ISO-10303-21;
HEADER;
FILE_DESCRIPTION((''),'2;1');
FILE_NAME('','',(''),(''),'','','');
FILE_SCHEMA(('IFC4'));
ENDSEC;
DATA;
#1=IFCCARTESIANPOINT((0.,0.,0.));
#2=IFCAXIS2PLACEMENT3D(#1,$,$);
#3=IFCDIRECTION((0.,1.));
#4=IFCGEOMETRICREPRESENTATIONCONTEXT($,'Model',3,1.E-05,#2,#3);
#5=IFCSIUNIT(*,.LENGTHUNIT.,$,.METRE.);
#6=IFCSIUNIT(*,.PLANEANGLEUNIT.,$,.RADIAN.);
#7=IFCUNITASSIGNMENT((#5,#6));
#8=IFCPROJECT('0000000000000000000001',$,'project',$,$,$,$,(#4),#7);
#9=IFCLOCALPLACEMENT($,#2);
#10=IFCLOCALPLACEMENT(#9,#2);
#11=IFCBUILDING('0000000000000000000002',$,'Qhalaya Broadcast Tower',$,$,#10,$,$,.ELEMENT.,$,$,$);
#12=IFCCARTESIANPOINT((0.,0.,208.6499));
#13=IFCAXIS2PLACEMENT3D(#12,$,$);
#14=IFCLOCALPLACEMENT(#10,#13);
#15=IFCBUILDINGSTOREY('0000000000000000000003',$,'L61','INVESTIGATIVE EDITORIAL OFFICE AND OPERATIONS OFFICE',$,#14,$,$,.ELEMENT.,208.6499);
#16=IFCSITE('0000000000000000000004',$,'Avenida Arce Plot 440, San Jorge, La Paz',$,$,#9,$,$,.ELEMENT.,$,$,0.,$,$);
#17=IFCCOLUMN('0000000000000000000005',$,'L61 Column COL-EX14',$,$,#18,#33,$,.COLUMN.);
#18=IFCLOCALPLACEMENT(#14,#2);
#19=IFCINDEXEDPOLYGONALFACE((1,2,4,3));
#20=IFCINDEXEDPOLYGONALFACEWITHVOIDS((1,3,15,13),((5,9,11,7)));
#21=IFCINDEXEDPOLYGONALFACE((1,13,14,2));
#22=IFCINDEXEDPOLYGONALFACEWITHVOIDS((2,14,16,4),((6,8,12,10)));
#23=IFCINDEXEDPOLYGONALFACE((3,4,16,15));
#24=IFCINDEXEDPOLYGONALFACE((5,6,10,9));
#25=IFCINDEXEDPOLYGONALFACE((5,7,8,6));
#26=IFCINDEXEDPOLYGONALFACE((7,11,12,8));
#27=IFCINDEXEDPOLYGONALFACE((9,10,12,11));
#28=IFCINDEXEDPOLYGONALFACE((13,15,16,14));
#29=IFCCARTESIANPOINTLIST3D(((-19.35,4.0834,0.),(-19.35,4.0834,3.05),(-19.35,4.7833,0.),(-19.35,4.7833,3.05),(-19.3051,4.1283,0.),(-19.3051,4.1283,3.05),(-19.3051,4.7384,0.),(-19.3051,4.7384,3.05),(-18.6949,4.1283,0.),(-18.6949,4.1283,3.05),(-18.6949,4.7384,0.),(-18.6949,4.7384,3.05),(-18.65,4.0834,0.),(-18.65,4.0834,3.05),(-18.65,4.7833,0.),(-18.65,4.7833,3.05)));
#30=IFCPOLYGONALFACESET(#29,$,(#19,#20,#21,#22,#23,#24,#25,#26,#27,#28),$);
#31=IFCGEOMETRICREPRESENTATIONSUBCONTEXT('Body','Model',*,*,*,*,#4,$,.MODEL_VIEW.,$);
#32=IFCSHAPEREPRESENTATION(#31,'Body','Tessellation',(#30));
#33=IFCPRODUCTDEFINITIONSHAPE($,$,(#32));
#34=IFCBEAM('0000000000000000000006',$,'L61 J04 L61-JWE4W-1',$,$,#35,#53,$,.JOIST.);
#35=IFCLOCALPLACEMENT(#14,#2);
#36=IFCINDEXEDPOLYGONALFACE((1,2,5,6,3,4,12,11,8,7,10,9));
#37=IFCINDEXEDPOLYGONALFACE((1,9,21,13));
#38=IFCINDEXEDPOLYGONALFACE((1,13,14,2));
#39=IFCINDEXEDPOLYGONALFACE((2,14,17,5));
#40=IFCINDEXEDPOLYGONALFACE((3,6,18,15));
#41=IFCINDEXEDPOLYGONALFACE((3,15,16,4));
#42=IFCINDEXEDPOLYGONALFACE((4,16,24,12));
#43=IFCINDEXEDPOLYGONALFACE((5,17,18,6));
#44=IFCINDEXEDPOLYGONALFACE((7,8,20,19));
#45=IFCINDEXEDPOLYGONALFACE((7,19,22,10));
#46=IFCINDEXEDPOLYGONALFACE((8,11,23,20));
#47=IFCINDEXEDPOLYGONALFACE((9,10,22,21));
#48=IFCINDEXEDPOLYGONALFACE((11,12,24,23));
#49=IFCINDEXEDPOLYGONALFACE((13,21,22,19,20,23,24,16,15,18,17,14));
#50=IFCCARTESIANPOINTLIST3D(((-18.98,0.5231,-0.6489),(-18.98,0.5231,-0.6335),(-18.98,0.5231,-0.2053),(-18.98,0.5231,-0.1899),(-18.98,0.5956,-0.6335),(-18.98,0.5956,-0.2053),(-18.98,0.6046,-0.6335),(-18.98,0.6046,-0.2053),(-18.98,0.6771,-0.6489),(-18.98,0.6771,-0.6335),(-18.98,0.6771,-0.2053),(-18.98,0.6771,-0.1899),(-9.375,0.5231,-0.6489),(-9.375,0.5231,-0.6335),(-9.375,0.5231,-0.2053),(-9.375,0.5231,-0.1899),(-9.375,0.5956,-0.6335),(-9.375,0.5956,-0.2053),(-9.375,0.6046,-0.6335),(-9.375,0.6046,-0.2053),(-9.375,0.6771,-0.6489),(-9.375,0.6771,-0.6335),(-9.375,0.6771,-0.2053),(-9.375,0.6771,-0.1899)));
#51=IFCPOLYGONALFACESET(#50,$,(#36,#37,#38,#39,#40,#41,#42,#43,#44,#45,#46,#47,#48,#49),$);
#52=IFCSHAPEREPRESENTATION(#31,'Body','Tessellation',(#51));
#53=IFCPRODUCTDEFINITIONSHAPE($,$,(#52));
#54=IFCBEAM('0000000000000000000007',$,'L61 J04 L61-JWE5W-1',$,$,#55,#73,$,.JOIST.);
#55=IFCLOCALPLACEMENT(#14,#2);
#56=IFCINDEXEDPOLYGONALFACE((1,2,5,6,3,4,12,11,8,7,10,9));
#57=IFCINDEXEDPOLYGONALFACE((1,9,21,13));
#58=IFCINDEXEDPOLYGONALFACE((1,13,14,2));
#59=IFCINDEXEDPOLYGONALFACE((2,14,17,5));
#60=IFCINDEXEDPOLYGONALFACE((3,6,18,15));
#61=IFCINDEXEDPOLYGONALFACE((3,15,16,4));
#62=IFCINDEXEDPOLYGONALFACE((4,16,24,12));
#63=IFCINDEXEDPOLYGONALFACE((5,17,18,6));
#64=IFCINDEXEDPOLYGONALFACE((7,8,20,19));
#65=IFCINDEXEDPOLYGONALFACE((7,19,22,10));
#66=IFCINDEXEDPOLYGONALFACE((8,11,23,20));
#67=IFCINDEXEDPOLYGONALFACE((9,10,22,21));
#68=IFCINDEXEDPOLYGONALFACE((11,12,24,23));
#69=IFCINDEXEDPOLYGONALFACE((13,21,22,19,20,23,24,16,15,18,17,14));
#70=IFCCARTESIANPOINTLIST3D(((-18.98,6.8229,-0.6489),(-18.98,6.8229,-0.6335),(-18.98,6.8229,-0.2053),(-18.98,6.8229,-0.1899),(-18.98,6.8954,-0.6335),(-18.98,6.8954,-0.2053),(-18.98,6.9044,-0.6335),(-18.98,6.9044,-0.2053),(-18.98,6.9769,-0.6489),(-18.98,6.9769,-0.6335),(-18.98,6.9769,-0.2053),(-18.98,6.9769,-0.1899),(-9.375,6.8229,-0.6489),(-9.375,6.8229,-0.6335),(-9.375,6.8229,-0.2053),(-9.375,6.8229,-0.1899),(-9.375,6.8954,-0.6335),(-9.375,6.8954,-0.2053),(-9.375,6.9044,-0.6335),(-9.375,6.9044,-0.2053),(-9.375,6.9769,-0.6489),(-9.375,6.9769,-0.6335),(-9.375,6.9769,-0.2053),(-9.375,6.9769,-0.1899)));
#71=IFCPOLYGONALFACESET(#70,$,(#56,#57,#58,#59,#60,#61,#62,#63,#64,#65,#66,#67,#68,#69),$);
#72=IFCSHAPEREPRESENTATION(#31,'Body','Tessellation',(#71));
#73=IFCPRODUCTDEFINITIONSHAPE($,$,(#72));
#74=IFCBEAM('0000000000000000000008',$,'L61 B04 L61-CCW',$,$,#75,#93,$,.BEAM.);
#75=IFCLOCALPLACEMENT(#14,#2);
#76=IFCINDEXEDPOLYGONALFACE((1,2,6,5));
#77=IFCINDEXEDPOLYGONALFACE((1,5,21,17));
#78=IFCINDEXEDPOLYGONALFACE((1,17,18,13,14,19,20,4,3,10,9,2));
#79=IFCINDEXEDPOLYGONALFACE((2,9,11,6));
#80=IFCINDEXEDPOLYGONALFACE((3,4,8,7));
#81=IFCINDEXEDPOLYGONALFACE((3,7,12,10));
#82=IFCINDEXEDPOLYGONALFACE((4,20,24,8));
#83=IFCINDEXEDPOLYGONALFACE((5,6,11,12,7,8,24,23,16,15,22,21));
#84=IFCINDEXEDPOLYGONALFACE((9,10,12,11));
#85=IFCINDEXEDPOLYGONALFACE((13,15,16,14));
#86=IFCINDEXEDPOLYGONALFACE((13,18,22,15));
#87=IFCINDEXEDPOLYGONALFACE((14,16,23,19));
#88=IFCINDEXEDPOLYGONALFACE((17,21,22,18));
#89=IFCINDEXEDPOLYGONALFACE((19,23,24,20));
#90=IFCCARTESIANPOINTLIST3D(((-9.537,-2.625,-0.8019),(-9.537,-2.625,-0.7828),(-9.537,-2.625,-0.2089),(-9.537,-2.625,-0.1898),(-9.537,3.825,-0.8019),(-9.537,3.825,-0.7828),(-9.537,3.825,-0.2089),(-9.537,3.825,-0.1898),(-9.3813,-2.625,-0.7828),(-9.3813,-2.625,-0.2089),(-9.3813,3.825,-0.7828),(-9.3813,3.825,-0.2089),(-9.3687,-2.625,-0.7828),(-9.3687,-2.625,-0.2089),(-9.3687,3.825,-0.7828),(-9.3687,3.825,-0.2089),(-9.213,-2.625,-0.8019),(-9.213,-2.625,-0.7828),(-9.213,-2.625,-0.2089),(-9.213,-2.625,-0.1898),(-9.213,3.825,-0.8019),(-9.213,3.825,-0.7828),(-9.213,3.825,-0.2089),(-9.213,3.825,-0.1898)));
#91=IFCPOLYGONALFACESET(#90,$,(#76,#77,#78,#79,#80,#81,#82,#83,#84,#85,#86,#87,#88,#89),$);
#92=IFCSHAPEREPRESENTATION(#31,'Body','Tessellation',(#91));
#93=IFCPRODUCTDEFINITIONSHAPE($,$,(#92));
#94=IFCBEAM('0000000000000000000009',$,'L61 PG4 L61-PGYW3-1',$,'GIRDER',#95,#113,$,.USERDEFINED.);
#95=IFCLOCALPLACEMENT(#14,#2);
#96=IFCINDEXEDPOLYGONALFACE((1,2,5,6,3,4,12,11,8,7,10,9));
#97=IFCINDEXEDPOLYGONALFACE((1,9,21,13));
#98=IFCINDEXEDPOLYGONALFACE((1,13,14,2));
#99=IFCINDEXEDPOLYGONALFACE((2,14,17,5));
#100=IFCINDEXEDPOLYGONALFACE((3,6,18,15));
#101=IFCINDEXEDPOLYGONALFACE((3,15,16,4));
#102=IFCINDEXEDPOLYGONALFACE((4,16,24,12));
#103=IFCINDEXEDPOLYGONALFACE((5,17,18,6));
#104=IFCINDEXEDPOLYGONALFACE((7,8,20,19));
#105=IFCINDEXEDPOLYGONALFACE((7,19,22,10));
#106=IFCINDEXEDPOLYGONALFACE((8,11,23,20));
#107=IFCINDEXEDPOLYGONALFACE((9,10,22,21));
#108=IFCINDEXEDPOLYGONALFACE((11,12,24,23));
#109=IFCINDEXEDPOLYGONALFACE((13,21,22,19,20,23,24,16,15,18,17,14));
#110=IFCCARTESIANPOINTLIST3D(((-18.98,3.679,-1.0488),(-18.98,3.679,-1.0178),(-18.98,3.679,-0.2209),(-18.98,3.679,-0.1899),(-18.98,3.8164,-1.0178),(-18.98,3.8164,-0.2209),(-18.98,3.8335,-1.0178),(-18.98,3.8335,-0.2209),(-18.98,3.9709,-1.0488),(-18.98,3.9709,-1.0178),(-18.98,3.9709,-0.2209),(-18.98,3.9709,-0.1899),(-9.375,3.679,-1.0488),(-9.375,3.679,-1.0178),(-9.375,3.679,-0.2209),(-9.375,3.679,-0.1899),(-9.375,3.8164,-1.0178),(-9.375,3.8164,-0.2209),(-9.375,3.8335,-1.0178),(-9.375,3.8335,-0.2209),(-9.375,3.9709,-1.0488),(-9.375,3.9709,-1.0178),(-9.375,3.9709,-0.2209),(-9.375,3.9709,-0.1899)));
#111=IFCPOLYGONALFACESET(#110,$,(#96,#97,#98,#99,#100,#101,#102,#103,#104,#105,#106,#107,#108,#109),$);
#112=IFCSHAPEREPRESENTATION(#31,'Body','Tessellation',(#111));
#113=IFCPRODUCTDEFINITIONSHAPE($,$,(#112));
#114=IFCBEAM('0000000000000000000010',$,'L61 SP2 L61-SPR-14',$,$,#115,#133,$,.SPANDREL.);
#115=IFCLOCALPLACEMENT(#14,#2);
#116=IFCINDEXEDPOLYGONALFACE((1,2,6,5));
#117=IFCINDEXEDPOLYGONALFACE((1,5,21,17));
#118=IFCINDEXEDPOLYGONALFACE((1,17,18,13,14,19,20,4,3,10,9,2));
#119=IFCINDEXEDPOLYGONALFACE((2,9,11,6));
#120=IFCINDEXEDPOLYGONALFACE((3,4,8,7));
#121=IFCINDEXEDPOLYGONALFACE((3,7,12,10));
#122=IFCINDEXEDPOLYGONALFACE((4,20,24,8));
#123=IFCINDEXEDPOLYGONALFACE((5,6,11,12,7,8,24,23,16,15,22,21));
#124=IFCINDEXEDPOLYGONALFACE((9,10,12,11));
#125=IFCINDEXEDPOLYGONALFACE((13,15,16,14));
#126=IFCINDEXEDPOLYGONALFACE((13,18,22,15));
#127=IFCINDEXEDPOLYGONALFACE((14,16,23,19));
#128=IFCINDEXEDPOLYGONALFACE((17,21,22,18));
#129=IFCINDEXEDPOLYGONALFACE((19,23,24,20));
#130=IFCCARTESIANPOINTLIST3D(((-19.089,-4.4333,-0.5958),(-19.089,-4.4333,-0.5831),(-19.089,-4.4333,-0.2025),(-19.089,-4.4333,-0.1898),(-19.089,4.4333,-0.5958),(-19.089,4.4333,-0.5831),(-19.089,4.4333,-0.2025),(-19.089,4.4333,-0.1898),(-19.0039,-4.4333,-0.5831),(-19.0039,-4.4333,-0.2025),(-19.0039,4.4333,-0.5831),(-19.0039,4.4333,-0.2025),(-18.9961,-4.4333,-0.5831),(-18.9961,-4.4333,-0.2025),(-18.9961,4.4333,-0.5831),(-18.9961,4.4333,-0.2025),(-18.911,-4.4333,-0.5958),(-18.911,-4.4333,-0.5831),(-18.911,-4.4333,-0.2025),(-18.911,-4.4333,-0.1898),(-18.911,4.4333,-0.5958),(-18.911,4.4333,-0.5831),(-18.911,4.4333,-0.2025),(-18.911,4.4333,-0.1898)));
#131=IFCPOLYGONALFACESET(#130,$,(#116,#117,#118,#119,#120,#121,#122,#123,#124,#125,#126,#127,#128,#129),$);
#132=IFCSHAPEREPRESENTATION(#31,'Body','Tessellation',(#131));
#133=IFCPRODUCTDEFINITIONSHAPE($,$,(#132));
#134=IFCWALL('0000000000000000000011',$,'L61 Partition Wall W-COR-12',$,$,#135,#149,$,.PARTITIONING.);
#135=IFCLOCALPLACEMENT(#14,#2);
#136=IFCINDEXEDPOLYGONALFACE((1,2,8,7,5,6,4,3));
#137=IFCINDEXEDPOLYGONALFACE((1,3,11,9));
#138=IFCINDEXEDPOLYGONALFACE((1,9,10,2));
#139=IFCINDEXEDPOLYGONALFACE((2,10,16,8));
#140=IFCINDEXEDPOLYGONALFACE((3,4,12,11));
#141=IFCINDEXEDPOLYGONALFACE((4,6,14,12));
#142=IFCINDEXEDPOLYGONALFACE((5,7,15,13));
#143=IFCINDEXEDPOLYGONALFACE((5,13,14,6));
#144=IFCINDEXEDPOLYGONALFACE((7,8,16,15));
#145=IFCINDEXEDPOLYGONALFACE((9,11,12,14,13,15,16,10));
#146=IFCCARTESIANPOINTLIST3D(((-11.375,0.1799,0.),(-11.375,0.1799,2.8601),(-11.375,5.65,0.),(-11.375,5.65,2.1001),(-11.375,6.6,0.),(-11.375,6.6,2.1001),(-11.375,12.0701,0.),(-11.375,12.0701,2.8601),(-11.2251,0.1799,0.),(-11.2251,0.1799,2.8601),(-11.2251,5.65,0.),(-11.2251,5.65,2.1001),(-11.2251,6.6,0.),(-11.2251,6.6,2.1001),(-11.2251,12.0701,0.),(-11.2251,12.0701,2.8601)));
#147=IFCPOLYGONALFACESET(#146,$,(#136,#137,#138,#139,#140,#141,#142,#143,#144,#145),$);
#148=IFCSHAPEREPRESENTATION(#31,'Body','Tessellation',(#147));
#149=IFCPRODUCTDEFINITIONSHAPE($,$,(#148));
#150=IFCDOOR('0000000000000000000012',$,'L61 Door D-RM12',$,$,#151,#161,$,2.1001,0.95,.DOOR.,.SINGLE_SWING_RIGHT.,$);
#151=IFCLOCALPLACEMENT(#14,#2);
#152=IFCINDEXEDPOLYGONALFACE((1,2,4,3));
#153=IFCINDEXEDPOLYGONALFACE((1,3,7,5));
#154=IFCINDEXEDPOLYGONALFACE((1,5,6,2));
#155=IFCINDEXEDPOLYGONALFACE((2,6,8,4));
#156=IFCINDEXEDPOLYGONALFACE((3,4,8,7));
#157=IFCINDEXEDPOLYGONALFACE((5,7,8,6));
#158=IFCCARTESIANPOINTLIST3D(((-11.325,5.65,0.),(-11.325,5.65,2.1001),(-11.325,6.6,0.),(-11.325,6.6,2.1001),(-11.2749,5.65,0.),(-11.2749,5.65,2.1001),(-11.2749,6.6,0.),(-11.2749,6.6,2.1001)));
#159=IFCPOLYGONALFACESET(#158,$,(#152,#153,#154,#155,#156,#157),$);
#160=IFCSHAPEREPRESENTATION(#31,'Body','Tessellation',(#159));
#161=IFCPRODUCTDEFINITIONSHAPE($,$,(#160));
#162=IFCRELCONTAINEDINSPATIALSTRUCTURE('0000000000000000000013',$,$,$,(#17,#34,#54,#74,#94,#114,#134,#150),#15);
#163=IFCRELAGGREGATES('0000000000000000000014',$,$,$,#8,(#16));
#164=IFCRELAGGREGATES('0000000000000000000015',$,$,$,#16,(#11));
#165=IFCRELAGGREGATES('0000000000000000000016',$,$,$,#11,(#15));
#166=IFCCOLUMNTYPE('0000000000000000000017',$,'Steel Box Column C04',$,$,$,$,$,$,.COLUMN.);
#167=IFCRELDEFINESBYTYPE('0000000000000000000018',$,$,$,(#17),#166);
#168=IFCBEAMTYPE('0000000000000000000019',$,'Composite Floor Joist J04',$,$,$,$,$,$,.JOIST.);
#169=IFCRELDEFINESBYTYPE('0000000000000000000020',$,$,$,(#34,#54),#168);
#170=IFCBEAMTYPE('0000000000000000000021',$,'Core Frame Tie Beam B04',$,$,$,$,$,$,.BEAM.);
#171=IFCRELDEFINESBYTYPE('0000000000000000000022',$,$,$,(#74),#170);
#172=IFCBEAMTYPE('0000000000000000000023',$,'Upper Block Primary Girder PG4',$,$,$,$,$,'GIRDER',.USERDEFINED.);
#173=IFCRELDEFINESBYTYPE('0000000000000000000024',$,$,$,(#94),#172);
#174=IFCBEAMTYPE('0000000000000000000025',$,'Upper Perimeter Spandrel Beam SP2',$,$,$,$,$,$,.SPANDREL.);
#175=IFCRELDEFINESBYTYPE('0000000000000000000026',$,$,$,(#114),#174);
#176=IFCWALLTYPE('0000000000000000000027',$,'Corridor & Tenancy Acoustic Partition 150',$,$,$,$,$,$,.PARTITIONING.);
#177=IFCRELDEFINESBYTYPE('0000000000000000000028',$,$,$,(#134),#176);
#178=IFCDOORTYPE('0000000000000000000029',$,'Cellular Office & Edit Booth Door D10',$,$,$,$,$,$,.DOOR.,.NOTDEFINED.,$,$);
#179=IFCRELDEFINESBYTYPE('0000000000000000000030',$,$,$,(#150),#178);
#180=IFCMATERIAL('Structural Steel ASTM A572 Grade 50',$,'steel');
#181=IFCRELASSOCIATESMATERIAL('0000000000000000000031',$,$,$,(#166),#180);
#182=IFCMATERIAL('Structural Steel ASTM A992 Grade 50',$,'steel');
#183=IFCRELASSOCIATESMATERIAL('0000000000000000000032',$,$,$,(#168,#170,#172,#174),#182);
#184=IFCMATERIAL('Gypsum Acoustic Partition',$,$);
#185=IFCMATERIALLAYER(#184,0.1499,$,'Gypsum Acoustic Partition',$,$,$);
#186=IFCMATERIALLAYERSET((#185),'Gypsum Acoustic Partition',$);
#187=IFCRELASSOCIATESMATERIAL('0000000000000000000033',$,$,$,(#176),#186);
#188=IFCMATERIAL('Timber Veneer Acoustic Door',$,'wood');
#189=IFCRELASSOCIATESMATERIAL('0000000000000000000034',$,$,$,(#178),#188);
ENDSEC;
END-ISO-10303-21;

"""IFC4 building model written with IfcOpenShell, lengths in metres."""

from ifc_helpers import new_model, si_unit, direction, frame, frame_2d, origin, origin_2d, place, context, subcontext, project, spatial, rectangle, hollow_rectangle, i_section, extrude, material, layer, layer_set, material_profile, profile_set, type_object, element, fill, save


model = new_model("IFC4")

# Units and contexts
model_context = context("Model", 3, precision=1e-05, world=origin(), true_north=direction((0.0, 1.0)))
body_context = subcontext(model_context, "Body", "Model", "MODEL_VIEW")
ifc_project = project(units=[si_unit("LENGTHUNIT", "METRE"), si_unit("PLANEANGLEUNIT", "RADIAN")], contexts=[model_context])

# Site, building, storey
site_placement = place(None, origin())
site = spatial("IfcSite", under=ifc_project, at=site_placement, Name="Avenida Arce Plot 440, San Jorge, La Paz", CompositionType="ELEMENT", RefElevation=0.0)
building_placement = place(site_placement, origin())
building = spatial("IfcBuilding", under=site, at=building_placement, Name="Qhalaya Broadcast Tower", CompositionType="ELEMENT")
storey_placement = place(building_placement, frame((0.0, 0.0, 208.6499)))
storey = spatial("IfcBuildingStorey", under=building, at=storey_placement, Name="L61", Description="INVESTIGATIVE EDITORIAL OFFICE AND OPERATIONS OFFICE", CompositionType="ELEMENT", Elevation=208.6499)

# Column
ifc_material_1 = material(Name="Structural Steel ASTM A572 Grade 50", Category="steel")
ifc_material_profile_1 = material_profile(ifc_material_1, hollow_rectangle(XDim=0.7, YDim=0.7, WallThickness=0.0449, at=origin_2d()), Name="BOX 700x700x45")
ifc_profile_set_1 = profile_set([ifc_material_profile_1], Name="Structural Steel ASTM A572 Grade 50")
column_type = type_object("IfcColumnType", Name="Steel Box Column C04", PredefinedType="COLUMN", material=ifc_profile_set_1)
column_placement = place(storey_placement, frame((-19.0, 4.4333, 0.0), z_axis=(0.0, 0.0, 1.0), x_axis=(0.0, 1.0, 0.0)))
element("IfcColumn", 1, at=column_placement, inside=storey, type_object=column_type, Name="L61 Column COL-EX14", PredefinedType="COLUMN", context=body_context, shape_type="SweptSolid", body=[
    extrude(hollow_rectangle(XDim=0.7, YDim=0.7, WallThickness=0.0449, at=origin_2d()), origin(), (0.0, 0.0, 1.0), 3.05),
])

# Beams
ifc_material_2 = material(Name="Structural Steel ASTM A992 Grade 50", Category="steel")
ifc_material_profile_2 = material_profile(ifc_material_2, i_section(OverallWidth=0.1541, OverallDepth=0.459, WebThickness=0.009, FlangeThickness=0.0154, at=origin_2d()), Name="W18X46")
ifc_profile_set_2 = profile_set([ifc_material_profile_2], Name="Structural Steel ASTM A992 Grade 50")
beam_type_1 = type_object("IfcBeamType", Name="Composite Floor Joist J04", PredefinedType="JOIST", material=ifc_profile_set_2)
for number, where, z_axis, x_axis, name in (
    (2, (-18.98, 0.6001, -0.4194), (1.0, 0.0, 0.0), (0.0, 1.0, 0.0), "L61 J04 L61-JWE4W-1"),
    (3, (-18.98, 6.8999, -0.4194), (1.0, 0.0, 0.0), (0.0, 1.0, 0.0), "L61 J04 L61-JWE5W-1"),
):
    element("IfcBeam", number, at=place(storey_placement, frame(where, z_axis=z_axis, x_axis=x_axis)), inside=storey, type_object=beam_type_1, Name=name, PredefinedType="JOIST", context=body_context, shape_type="SweptSolid", body=[
        extrude(i_section(OverallWidth=0.1541, OverallDepth=0.459, WebThickness=0.009, FlangeThickness=0.0154, at=origin_2d()), origin(), (0.0, 0.0, 1.0), 9.605),
    ])
ifc_material_profile_3 = material_profile(ifc_material_2, i_section(OverallWidth=0.324, OverallDepth=0.6121, WebThickness=0.0127, FlangeThickness=0.019, at=origin_2d()), Name="W24X104")
ifc_profile_set_3 = profile_set([ifc_material_profile_3], Name="Structural Steel ASTM A992 Grade 50")
beam_type_2 = type_object("IfcBeamType", Name="Core Frame Tie Beam B04", PredefinedType="BEAM", material=ifc_profile_set_3)
beam_1_placement = place(storey_placement, frame((-9.375, -2.625, -0.4958), z_axis=(0.0, 1.0, 0.0), x_axis=(-1.0, 0.0, 0.0)))
element("IfcBeam", 4, at=beam_1_placement, inside=storey, type_object=beam_type_2, Name="L61 B04 L61-CCW", PredefinedType="BEAM", context=body_context, shape_type="SweptSolid", body=[
    extrude(i_section(OverallWidth=0.324, OverallDepth=0.6121, WebThickness=0.0127, FlangeThickness=0.019, at=origin_2d()), origin(), (0.0, 0.0, 1.0), 6.45),
])
ifc_material_profile_4 = material_profile(ifc_material_2, i_section(OverallWidth=0.292, OverallDepth=0.8589, WebThickness=0.0171, FlangeThickness=0.031, at=origin_2d()), Name="W33X169")
ifc_profile_set_4 = profile_set([ifc_material_profile_4], Name="Structural Steel ASTM A992 Grade 50")
beam_type_3 = type_object("IfcBeamType", Name="Upper Block Primary Girder PG4", ElementType="GIRDER", PredefinedType="USERDEFINED", material=ifc_profile_set_4)
beam_2_placement = place(storey_placement, frame((-18.98, 3.825, -0.6194), z_axis=(1.0, 0.0, 0.0), x_axis=(0.0, 1.0, 0.0)))
element("IfcBeam", 5, at=beam_2_placement, inside=storey, type_object=beam_type_3, Name="L61 PG4 L61-PGYW3-1", ObjectType="GIRDER", PredefinedType="USERDEFINED", context=body_context, shape_type="SweptSolid", body=[
    extrude(i_section(OverallWidth=0.292, OverallDepth=0.8589, WebThickness=0.0171, FlangeThickness=0.031, at=origin_2d()), origin(), (0.0, 0.0, 1.0), 9.605),
])
ifc_material_profile_5 = material_profile(ifc_material_2, i_section(OverallWidth=0.178, OverallDepth=0.406, WebThickness=0.0078, FlangeThickness=0.0127, at=origin_2d()), Name="W16X40")
ifc_profile_set_5 = profile_set([ifc_material_profile_5], Name="Structural Steel ASTM A992 Grade 50")
beam_type_4 = type_object("IfcBeamType", Name="Upper Perimeter Spandrel Beam SP2", PredefinedType="SPANDREL", material=ifc_profile_set_5)
beam_3_placement = place(storey_placement, frame((-19.0, 4.4333, -0.3928), z_axis=(0.0, -1.0, 0.0), x_axis=(1.0, 0.0, 0.0)))
element("IfcBeam", 6, at=beam_3_placement, inside=storey, type_object=beam_type_4, Name="L61 SP2 L61-SPR-14", PredefinedType="SPANDREL", context=body_context, shape_type="SweptSolid", body=[
    extrude(i_section(OverallWidth=0.178, OverallDepth=0.406, WebThickness=0.0078, FlangeThickness=0.0127, at=origin_2d()), origin(), (0.0, 0.0, 1.0), 8.8667),
])

# Wall, opening, door
ifc_material_3 = material(Name="Gypsum Acoustic Partition")
ifc_layer_1 = layer(ifc_material_3, 0.1499, Name="Gypsum Acoustic Partition")
ifc_layer_set_1 = layer_set([ifc_layer_1], Name="Gypsum Acoustic Partition")
wall_type_1 = type_object("IfcWallType", Name="Corridor & Tenancy Acoustic Partition 150", PredefinedType="PARTITIONING", material=ifc_layer_set_1)
wall_1_placement = place(storey_placement, frame((-11.3, 0.1799, 0.0), z_axis=(0.0, 0.0, 1.0), x_axis=(0.0, 1.0, 0.0)))
wall_1 = element("IfcWall", 7, at=wall_1_placement, inside=storey, type_object=wall_type_1, Name="L61 Partition Wall W-COR-12", PredefinedType="PARTITIONING", context=body_context, shape_type="SweptSolid", body=[
    extrude(rectangle(XDim=11.8901, YDim=0.1499, at=frame_2d((5.9451, 0.0))), origin(), (0.0, 0.0, 1.0), 2.8601),
])
opening_1_placement = place(wall_1_placement, frame((5.47, 0.0, 0.0)))
opening_1 = element("IfcOpeningElement", 8, at=opening_1_placement, cuts=wall_1, PredefinedType="OPENING", context=body_context, shape_type="SweptSolid", body=[
    extrude(rectangle(XDim=0.95, YDim=2.1001, at=frame_2d((0.4751, 1.05))), frame((0.0, 0.0869, 0.0), z_axis=(0.0, -1.0, 0.0), x_axis=(1.0, 0.0, 0.0)), (0.0, 0.0, 1.0), 0.1738),
])
ifc_material_4 = material(Name="Timber Veneer Acoustic Door", Category="wood")
door_type_1 = type_object("IfcDoorType", Name="Cellular Office & Edit Booth Door D10", OperationType="NOTDEFINED", PredefinedType="DOOR", material=ifc_material_4)
door_1_placement = place(opening_1_placement, origin())
door_1 = element("IfcDoor", 9, at=door_1_placement, inside=storey, type_object=door_type_1, Name="L61 Door D-RM12", OperationType="SINGLE_SWING_RIGHT", OverallHeight=2.1001, OverallWidth=0.95, PredefinedType="DOOR", context=body_context, shape_type="SweptSolid", body=[
    extrude(rectangle(XDim=0.95, YDim=2.1001, at=frame_2d((0.4751, 1.05))), frame((0.0, 0.0249, 0.0), z_axis=(0.0, -1.0, 0.0), x_axis=(1.0, 0.0, 0.0)), (0.0, 0.0, 1.0), 0.05),
])
fill(opening_1, door_1)

save(model, "model.ifc")
